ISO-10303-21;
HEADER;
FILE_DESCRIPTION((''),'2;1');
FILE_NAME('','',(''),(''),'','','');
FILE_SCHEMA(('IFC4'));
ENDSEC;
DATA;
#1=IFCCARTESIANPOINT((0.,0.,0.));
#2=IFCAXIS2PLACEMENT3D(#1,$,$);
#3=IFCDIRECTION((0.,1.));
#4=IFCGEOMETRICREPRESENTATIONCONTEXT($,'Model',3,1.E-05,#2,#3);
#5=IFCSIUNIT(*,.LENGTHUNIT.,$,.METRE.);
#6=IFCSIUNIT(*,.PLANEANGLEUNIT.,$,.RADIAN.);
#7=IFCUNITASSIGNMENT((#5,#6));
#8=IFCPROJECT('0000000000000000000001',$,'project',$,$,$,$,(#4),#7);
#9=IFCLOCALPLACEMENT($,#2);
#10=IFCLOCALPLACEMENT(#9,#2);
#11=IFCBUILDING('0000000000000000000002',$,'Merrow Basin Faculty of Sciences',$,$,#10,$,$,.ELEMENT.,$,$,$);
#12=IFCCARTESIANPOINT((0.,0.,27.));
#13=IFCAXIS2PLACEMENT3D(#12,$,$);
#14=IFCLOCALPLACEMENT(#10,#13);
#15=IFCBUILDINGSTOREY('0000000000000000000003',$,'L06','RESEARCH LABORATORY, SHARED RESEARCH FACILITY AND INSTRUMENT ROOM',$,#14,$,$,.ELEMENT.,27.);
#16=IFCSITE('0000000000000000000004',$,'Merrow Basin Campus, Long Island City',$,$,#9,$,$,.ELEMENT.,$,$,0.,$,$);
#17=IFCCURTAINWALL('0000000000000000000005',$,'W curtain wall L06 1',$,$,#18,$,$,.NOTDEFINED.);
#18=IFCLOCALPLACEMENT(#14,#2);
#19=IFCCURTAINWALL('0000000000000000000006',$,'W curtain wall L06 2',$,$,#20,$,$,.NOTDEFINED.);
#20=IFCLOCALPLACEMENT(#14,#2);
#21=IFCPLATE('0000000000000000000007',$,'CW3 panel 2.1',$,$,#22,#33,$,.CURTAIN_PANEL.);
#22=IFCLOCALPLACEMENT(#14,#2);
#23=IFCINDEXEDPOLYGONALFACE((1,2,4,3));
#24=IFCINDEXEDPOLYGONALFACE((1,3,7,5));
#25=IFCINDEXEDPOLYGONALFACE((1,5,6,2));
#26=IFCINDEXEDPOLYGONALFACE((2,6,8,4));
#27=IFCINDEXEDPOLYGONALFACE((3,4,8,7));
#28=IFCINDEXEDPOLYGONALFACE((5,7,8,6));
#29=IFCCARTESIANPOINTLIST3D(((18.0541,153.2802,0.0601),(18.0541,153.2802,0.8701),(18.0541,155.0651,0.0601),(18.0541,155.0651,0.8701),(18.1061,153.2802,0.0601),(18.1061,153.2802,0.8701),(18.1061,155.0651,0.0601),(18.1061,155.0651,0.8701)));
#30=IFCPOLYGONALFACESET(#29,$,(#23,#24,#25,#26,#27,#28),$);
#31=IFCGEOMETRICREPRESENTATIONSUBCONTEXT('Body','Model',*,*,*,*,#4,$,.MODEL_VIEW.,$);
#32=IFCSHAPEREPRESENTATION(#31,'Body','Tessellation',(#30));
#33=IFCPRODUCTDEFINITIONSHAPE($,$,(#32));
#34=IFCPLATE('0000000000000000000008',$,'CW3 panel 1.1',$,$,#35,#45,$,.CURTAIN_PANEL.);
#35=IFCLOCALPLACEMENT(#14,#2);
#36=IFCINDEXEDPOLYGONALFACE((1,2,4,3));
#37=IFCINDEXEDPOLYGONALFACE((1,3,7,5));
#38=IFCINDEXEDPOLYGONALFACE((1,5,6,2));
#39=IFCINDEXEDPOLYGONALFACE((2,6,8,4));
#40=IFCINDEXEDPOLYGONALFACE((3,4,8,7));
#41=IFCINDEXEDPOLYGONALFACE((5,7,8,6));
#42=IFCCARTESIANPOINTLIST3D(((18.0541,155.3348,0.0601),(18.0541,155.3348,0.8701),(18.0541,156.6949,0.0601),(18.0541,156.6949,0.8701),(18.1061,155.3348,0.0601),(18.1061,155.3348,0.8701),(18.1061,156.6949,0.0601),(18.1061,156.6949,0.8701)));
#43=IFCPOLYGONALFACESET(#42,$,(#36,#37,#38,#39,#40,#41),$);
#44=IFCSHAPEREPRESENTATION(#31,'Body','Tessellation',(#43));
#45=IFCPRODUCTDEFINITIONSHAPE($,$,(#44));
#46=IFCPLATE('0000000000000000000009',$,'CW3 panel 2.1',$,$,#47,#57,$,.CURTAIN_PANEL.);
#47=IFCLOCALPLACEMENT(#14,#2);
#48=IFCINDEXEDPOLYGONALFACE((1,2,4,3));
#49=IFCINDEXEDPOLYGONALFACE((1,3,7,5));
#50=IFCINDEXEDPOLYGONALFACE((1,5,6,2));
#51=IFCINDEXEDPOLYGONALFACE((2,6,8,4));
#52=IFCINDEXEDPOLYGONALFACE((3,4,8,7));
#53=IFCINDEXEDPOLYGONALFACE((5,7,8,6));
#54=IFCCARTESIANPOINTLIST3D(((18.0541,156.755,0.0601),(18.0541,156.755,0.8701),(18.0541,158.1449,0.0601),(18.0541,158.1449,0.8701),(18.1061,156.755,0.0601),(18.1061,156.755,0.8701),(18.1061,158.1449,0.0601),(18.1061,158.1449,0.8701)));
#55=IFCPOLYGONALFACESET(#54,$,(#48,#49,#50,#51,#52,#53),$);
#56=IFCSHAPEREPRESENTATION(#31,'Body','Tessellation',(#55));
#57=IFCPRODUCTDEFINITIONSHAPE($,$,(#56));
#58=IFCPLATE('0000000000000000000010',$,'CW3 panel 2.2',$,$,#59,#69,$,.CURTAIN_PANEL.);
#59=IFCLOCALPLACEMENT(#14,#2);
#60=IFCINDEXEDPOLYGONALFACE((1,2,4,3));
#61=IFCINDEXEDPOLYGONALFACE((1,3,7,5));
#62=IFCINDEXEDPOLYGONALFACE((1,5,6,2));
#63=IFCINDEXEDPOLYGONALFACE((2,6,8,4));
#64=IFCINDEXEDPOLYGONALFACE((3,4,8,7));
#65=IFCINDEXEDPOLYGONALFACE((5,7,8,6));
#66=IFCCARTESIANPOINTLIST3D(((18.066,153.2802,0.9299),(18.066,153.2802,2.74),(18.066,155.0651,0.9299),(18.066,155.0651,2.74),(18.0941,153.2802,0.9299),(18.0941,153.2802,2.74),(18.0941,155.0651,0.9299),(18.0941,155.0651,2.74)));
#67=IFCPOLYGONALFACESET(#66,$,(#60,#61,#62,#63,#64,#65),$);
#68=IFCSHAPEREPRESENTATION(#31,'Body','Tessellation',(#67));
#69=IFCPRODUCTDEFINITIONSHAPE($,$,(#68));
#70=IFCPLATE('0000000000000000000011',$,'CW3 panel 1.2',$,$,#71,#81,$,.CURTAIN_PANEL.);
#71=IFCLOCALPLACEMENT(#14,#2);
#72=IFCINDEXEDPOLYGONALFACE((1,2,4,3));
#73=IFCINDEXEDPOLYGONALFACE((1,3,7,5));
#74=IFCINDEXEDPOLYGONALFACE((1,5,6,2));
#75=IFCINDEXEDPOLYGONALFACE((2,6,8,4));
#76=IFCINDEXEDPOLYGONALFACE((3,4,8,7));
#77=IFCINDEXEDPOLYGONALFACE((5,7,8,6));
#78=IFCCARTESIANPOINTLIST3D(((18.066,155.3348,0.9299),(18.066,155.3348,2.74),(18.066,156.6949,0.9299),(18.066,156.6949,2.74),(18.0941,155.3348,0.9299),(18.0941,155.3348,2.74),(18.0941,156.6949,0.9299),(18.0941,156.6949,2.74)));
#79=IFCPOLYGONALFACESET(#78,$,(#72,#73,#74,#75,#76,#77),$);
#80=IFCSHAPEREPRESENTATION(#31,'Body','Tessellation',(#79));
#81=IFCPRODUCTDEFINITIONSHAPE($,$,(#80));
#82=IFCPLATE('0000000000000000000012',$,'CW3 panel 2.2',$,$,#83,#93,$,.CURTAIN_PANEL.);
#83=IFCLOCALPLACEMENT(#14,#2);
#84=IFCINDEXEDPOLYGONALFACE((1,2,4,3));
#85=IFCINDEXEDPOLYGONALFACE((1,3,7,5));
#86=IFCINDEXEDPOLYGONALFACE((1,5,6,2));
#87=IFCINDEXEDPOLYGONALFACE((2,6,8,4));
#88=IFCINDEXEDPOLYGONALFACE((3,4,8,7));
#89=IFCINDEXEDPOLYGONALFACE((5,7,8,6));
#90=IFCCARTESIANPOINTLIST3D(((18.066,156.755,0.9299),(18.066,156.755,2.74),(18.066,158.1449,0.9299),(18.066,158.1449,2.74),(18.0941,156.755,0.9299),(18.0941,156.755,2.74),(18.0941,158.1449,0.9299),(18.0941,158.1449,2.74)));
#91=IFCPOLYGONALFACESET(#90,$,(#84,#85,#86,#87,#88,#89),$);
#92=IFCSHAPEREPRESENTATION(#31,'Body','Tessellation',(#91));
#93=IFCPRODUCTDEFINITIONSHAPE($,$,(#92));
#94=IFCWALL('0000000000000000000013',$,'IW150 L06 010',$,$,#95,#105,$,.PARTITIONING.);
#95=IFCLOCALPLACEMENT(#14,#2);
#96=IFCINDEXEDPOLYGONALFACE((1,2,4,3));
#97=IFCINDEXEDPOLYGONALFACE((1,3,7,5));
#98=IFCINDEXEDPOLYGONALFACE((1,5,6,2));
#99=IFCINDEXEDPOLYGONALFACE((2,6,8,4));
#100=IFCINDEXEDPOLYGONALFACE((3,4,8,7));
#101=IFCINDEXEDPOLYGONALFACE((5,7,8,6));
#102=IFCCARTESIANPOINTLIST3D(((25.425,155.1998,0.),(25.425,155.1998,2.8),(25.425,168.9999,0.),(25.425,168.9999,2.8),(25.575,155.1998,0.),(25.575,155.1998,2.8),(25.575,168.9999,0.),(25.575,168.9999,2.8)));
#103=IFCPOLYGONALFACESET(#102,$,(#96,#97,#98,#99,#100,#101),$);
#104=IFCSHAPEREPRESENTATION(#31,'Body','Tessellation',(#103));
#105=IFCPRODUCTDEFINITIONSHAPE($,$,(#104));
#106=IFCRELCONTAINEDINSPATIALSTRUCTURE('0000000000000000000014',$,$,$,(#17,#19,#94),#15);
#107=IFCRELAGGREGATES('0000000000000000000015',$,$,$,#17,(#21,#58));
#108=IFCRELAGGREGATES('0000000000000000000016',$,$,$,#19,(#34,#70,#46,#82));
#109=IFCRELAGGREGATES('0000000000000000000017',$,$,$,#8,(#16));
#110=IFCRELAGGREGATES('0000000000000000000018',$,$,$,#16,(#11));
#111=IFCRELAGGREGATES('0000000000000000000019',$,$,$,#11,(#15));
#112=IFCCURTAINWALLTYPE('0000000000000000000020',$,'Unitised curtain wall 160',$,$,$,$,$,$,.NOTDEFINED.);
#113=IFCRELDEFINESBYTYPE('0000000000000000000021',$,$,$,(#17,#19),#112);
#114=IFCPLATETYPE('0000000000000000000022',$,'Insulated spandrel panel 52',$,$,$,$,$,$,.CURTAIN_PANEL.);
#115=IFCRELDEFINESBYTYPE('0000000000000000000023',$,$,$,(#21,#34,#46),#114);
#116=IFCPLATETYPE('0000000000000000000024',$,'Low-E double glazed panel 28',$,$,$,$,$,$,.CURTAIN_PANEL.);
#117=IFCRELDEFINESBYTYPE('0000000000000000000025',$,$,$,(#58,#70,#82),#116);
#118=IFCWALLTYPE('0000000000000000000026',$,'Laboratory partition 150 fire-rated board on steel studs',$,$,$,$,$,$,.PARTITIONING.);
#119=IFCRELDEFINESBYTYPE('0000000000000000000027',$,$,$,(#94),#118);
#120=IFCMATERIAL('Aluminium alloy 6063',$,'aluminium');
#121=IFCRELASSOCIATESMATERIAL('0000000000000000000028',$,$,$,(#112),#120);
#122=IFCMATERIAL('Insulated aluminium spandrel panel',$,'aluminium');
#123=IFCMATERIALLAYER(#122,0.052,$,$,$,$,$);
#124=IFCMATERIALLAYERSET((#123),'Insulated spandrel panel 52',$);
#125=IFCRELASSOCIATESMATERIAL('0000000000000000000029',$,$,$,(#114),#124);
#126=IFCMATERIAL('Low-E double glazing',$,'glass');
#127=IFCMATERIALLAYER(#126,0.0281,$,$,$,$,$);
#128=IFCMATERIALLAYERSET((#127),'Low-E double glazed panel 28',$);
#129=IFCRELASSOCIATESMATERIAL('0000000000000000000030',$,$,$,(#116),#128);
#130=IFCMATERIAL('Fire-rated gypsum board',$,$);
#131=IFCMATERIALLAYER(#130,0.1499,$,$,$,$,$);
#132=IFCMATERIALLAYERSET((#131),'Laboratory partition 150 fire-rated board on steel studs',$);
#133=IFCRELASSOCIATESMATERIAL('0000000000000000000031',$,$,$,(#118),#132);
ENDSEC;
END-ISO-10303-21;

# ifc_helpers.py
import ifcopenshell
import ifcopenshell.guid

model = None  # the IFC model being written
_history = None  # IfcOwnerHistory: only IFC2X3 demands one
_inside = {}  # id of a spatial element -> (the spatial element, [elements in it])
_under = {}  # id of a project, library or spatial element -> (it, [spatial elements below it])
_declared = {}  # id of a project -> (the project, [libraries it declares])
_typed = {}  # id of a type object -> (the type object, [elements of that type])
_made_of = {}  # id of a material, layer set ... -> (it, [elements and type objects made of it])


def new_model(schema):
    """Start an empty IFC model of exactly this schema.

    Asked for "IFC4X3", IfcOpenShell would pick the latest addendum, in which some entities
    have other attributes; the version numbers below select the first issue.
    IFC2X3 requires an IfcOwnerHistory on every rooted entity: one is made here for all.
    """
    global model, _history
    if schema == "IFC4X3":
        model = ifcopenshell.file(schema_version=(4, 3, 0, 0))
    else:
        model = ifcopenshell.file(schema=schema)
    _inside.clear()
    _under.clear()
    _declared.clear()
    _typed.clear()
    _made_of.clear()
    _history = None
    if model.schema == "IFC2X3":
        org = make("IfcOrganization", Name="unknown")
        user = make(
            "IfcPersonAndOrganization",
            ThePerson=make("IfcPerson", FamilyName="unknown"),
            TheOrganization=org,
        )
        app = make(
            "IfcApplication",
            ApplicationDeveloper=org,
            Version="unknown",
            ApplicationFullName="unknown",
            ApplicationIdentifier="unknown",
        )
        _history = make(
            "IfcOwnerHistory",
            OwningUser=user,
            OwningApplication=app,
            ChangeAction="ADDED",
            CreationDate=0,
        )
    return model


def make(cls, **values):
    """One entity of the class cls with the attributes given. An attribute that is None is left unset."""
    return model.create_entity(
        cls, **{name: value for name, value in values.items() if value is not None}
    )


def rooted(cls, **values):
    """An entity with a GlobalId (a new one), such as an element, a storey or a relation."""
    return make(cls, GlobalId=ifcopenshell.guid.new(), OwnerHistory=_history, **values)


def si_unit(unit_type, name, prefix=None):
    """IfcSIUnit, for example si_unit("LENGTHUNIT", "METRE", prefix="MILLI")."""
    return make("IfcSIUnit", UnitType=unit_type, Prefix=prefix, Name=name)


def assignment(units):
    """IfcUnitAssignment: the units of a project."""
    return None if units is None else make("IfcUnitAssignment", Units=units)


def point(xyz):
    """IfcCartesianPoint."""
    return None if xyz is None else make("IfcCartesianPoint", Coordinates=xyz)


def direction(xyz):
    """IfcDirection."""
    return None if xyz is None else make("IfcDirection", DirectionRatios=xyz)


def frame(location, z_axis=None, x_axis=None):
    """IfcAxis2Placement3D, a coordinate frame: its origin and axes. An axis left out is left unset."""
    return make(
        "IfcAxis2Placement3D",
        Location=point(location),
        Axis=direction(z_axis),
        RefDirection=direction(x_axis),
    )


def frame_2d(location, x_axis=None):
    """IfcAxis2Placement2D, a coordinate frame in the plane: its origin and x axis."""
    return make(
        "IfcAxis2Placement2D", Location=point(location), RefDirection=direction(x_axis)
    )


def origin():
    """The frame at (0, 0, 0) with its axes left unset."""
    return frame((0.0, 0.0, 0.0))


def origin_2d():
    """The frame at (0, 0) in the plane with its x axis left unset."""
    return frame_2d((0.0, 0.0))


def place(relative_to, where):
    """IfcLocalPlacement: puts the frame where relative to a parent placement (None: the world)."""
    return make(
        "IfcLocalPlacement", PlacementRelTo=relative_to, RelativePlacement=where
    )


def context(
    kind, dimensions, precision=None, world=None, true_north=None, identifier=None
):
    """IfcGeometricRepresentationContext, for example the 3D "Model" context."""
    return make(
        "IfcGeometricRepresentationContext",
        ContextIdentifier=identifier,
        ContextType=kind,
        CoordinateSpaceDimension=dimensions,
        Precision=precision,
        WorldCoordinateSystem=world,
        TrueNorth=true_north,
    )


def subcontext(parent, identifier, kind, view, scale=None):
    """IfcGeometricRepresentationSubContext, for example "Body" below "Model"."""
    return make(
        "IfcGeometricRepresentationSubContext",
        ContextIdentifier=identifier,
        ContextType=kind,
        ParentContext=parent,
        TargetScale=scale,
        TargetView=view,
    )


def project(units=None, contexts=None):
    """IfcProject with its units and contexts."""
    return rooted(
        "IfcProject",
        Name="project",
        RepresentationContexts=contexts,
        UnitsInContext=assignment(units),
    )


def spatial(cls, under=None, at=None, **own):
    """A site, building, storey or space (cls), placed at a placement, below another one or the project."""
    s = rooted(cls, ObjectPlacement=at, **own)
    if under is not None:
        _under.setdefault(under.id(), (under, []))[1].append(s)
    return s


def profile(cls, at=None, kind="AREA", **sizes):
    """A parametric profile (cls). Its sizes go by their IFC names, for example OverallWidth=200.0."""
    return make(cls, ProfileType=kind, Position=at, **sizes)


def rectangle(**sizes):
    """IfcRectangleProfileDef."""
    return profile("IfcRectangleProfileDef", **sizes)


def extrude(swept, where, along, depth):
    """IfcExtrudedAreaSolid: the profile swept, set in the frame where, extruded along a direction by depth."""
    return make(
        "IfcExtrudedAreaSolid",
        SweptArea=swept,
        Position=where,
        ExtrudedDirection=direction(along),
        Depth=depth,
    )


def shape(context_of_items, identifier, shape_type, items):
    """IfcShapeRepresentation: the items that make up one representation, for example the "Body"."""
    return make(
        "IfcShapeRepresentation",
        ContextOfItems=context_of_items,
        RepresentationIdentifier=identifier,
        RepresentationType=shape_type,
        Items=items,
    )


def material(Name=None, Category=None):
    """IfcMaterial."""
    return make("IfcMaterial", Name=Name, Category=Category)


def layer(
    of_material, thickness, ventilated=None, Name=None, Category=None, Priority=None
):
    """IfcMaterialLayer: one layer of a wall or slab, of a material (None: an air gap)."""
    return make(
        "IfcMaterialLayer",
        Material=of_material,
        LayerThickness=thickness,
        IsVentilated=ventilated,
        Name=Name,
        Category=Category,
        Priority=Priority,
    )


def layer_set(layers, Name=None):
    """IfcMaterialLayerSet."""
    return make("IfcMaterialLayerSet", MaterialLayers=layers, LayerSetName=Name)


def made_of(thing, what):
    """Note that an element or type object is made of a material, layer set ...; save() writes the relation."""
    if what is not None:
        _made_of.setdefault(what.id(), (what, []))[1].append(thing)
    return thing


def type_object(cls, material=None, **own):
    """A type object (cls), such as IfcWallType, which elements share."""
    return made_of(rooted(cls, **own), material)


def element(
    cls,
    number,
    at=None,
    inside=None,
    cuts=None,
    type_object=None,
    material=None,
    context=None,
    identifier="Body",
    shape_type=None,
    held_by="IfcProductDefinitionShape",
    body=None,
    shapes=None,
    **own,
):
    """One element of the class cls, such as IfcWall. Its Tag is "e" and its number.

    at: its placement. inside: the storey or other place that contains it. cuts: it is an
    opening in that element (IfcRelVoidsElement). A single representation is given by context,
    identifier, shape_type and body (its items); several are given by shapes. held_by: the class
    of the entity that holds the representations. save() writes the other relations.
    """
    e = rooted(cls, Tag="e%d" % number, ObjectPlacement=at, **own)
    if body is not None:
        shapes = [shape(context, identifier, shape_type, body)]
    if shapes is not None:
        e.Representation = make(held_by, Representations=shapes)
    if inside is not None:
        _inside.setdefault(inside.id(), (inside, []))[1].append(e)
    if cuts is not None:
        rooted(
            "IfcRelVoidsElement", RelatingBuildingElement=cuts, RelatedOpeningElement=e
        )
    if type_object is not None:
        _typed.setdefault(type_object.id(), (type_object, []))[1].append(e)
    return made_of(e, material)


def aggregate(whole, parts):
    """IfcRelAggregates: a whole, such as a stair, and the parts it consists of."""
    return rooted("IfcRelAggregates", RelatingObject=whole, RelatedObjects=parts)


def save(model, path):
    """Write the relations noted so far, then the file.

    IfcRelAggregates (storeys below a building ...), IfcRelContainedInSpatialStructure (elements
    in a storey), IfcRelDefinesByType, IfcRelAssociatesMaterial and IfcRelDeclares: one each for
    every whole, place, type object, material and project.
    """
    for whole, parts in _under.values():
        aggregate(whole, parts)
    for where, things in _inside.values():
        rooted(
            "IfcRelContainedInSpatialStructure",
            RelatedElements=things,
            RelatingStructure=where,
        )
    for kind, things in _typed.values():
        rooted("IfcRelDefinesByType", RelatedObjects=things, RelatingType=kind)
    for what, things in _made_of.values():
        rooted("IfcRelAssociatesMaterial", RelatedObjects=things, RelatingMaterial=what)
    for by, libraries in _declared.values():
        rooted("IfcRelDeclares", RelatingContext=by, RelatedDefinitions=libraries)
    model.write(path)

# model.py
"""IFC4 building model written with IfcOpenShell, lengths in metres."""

from ifc_helpers import new_model, si_unit, direction, frame, frame_2d, origin, origin_2d, place, context, subcontext, project, spatial, rectangle, extrude, material, layer, layer_set, type_object, element, aggregate, save


model = new_model("IFC4")

# Units and contexts
model_context = context("Model", 3, precision=1e-05, world=origin(), true_north=direction((0.0, 1.0)))
body_context = subcontext(model_context, "Body", "Model", "MODEL_VIEW")
ifc_project = project(units=[si_unit("LENGTHUNIT", "METRE"), si_unit("PLANEANGLEUNIT", "RADIAN")], contexts=[model_context])

# Site, building, storey
site_placement = place(None, origin())
site = spatial("IfcSite", under=ifc_project, at=site_placement, Name="Merrow Basin Campus, Long Island City", CompositionType="ELEMENT", RefElevation=0.0)
building_placement = place(site_placement, origin())
building = spatial("IfcBuilding", under=site, at=building_placement, Name="Merrow Basin Faculty of Sciences", CompositionType="ELEMENT")
storey_placement = place(building_placement, frame((0.0, 0.0, 27.0)))
storey = spatial("IfcBuildingStorey", under=building, at=storey_placement, Name="L06", Description="RESEARCH LABORATORY, SHARED RESEARCH FACILITY AND INSTRUMENT ROOM", CompositionType="ELEMENT", Elevation=27.0)

# Curtain wall
ifc_material_1 = material(Name="Aluminium alloy 6063", Category="aluminium")
curtain_wall_type = type_object("IfcCurtainWallType", Name="Unitised curtain wall 160", PredefinedType="NOTDEFINED", material=ifc_material_1)
curtain_wall_1_placement = place(storey_placement, origin())
curtain_wall_1 = element("IfcCurtainWall", 1, at=curtain_wall_1_placement, inside=storey, type_object=curtain_wall_type, Name="W curtain wall L06 1", PredefinedType="NOTDEFINED")

# Curtain wall
curtain_wall_2_placement = place(storey_placement, origin())
curtain_wall_2 = element("IfcCurtainWall", 2, at=curtain_wall_2_placement, inside=storey, type_object=curtain_wall_type, Name="W curtain wall L06 2", PredefinedType="NOTDEFINED")

# Plates
ifc_material_2 = material(Name="Insulated aluminium spandrel panel", Category="aluminium")
ifc_layer_1 = layer(ifc_material_2, 0.052)
ifc_layer_set_1 = layer_set([ifc_layer_1], Name="Insulated spandrel panel 52")
plate_type_1 = type_object("IfcPlateType", Name="Insulated spandrel panel 52", PredefinedType="CURTAIN_PANEL", material=ifc_layer_set_1)
plate_1_placement = place(storey_placement, frame((18.0801, 154.1726, 0.0601), z_axis=(0.0, 0.0, 1.0), x_axis=(0.0, 1.0, 0.0)))
plate_1 = element("IfcPlate", 3, at=plate_1_placement, type_object=plate_type_1, Name="CW3 panel 2.1", PredefinedType="CURTAIN_PANEL", context=body_context, shape_type="SweptSolid", body=[
    extrude(rectangle(XDim=1.7849, YDim=0.052, at=origin_2d()), origin(), (0.0, 0.0, 1.0), 0.8101),
])
plate_2_placement = place(storey_placement, frame((18.0801, 156.0149, 0.0601), z_axis=(0.0, 0.0, 1.0), x_axis=(0.0, 1.0, 0.0)))
plate_2 = element("IfcPlate", 4, at=plate_2_placement, type_object=plate_type_1, Name="CW3 panel 1.1", PredefinedType="CURTAIN_PANEL", context=body_context, shape_type="SweptSolid", body=[
    extrude(rectangle(XDim=1.3601, YDim=0.052, at=origin_2d()), origin(), (0.0, 0.0, 1.0), 0.8101),
])
plate_3_placement = place(storey_placement, frame((18.0801, 157.45, 0.0601), z_axis=(0.0, 0.0, 1.0), x_axis=(0.0, 1.0, 0.0)))
plate_3 = element("IfcPlate", 5, at=plate_3_placement, type_object=plate_type_1, Name="CW3 panel 2.1", PredefinedType="CURTAIN_PANEL", context=body_context, shape_type="SweptSolid", body=[
    extrude(rectangle(XDim=1.3899, YDim=0.052, at=origin_2d()), origin(), (0.0, 0.0, 1.0), 0.8101),
])
ifc_material_3 = material(Name="Low-E double glazing", Category="glass")
ifc_layer_2 = layer(ifc_material_3, 0.0281)
ifc_layer_set_2 = layer_set([ifc_layer_2], Name="Low-E double glazed panel 28")
plate_type_2 = type_object("IfcPlateType", Name="Low-E double glazed panel 28", PredefinedType="CURTAIN_PANEL", material=ifc_layer_set_2)
plate_4_placement = place(storey_placement, frame((18.0801, 154.1726, 0.9299), z_axis=(0.0, 0.0, 1.0), x_axis=(0.0, 1.0, 0.0)))
plate_4 = element("IfcPlate", 6, at=plate_4_placement, type_object=plate_type_2, Name="CW3 panel 2.2", PredefinedType="CURTAIN_PANEL", context=body_context, shape_type="SweptSolid", body=[
    extrude(rectangle(XDim=1.7849, YDim=0.0281, at=origin_2d()), origin(), (0.0, 0.0, 1.0), 1.8101),
])
aggregate(curtain_wall_1, [plate_1, plate_4])
plate_5_placement = place(storey_placement, frame((18.0801, 156.0149, 0.9299), z_axis=(0.0, 0.0, 1.0), x_axis=(0.0, 1.0, 0.0)))
plate_5 = element("IfcPlate", 7, at=plate_5_placement, type_object=plate_type_2, Name="CW3 panel 1.2", PredefinedType="CURTAIN_PANEL", context=body_context, shape_type="SweptSolid", body=[
    extrude(rectangle(XDim=1.3601, YDim=0.0281, at=origin_2d()), origin(), (0.0, 0.0, 1.0), 1.8101),
])
plate_6_placement = place(storey_placement, frame((18.0801, 157.45, 0.9299), z_axis=(0.0, 0.0, 1.0), x_axis=(0.0, 1.0, 0.0)))
plate_6 = element("IfcPlate", 8, at=plate_6_placement, type_object=plate_type_2, Name="CW3 panel 2.2", PredefinedType="CURTAIN_PANEL", context=body_context, shape_type="SweptSolid", body=[
    extrude(rectangle(XDim=1.3899, YDim=0.0281, at=origin_2d()), origin(), (0.0, 0.0, 1.0), 1.8101),
])
aggregate(curtain_wall_2, [plate_2, plate_5, plate_3, plate_6])

# Wall
ifc_material_4 = material(Name="Fire-rated gypsum board")
ifc_layer_3 = layer(ifc_material_4, 0.1499)
ifc_layer_set_3 = layer_set([ifc_layer_3], Name="Laboratory partition 150 fire-rated board on steel studs")
wall_type = type_object("IfcWallType", Name="Laboratory partition 150 fire-rated board on steel studs", PredefinedType="PARTITIONING", material=ifc_layer_set_3)
wall_placement = place(storey_placement, frame((25.5, 155.2, 0.0), z_axis=(0.0, 0.0, 1.0), x_axis=(0.0, 1.0, 0.0)))
element("IfcWall", 9, at=wall_placement, inside=storey, type_object=wall_type, Name="IW150 L06 010", PredefinedType="PARTITIONING", context=body_context, shape_type="SweptSolid", body=[
    extrude(rectangle(XDim=13.8, YDim=0.1499, at=frame_2d((6.8999, 0.0))), origin(), (0.0, 0.0, 1.0), 2.8),
])

save(model, "model.ifc")
